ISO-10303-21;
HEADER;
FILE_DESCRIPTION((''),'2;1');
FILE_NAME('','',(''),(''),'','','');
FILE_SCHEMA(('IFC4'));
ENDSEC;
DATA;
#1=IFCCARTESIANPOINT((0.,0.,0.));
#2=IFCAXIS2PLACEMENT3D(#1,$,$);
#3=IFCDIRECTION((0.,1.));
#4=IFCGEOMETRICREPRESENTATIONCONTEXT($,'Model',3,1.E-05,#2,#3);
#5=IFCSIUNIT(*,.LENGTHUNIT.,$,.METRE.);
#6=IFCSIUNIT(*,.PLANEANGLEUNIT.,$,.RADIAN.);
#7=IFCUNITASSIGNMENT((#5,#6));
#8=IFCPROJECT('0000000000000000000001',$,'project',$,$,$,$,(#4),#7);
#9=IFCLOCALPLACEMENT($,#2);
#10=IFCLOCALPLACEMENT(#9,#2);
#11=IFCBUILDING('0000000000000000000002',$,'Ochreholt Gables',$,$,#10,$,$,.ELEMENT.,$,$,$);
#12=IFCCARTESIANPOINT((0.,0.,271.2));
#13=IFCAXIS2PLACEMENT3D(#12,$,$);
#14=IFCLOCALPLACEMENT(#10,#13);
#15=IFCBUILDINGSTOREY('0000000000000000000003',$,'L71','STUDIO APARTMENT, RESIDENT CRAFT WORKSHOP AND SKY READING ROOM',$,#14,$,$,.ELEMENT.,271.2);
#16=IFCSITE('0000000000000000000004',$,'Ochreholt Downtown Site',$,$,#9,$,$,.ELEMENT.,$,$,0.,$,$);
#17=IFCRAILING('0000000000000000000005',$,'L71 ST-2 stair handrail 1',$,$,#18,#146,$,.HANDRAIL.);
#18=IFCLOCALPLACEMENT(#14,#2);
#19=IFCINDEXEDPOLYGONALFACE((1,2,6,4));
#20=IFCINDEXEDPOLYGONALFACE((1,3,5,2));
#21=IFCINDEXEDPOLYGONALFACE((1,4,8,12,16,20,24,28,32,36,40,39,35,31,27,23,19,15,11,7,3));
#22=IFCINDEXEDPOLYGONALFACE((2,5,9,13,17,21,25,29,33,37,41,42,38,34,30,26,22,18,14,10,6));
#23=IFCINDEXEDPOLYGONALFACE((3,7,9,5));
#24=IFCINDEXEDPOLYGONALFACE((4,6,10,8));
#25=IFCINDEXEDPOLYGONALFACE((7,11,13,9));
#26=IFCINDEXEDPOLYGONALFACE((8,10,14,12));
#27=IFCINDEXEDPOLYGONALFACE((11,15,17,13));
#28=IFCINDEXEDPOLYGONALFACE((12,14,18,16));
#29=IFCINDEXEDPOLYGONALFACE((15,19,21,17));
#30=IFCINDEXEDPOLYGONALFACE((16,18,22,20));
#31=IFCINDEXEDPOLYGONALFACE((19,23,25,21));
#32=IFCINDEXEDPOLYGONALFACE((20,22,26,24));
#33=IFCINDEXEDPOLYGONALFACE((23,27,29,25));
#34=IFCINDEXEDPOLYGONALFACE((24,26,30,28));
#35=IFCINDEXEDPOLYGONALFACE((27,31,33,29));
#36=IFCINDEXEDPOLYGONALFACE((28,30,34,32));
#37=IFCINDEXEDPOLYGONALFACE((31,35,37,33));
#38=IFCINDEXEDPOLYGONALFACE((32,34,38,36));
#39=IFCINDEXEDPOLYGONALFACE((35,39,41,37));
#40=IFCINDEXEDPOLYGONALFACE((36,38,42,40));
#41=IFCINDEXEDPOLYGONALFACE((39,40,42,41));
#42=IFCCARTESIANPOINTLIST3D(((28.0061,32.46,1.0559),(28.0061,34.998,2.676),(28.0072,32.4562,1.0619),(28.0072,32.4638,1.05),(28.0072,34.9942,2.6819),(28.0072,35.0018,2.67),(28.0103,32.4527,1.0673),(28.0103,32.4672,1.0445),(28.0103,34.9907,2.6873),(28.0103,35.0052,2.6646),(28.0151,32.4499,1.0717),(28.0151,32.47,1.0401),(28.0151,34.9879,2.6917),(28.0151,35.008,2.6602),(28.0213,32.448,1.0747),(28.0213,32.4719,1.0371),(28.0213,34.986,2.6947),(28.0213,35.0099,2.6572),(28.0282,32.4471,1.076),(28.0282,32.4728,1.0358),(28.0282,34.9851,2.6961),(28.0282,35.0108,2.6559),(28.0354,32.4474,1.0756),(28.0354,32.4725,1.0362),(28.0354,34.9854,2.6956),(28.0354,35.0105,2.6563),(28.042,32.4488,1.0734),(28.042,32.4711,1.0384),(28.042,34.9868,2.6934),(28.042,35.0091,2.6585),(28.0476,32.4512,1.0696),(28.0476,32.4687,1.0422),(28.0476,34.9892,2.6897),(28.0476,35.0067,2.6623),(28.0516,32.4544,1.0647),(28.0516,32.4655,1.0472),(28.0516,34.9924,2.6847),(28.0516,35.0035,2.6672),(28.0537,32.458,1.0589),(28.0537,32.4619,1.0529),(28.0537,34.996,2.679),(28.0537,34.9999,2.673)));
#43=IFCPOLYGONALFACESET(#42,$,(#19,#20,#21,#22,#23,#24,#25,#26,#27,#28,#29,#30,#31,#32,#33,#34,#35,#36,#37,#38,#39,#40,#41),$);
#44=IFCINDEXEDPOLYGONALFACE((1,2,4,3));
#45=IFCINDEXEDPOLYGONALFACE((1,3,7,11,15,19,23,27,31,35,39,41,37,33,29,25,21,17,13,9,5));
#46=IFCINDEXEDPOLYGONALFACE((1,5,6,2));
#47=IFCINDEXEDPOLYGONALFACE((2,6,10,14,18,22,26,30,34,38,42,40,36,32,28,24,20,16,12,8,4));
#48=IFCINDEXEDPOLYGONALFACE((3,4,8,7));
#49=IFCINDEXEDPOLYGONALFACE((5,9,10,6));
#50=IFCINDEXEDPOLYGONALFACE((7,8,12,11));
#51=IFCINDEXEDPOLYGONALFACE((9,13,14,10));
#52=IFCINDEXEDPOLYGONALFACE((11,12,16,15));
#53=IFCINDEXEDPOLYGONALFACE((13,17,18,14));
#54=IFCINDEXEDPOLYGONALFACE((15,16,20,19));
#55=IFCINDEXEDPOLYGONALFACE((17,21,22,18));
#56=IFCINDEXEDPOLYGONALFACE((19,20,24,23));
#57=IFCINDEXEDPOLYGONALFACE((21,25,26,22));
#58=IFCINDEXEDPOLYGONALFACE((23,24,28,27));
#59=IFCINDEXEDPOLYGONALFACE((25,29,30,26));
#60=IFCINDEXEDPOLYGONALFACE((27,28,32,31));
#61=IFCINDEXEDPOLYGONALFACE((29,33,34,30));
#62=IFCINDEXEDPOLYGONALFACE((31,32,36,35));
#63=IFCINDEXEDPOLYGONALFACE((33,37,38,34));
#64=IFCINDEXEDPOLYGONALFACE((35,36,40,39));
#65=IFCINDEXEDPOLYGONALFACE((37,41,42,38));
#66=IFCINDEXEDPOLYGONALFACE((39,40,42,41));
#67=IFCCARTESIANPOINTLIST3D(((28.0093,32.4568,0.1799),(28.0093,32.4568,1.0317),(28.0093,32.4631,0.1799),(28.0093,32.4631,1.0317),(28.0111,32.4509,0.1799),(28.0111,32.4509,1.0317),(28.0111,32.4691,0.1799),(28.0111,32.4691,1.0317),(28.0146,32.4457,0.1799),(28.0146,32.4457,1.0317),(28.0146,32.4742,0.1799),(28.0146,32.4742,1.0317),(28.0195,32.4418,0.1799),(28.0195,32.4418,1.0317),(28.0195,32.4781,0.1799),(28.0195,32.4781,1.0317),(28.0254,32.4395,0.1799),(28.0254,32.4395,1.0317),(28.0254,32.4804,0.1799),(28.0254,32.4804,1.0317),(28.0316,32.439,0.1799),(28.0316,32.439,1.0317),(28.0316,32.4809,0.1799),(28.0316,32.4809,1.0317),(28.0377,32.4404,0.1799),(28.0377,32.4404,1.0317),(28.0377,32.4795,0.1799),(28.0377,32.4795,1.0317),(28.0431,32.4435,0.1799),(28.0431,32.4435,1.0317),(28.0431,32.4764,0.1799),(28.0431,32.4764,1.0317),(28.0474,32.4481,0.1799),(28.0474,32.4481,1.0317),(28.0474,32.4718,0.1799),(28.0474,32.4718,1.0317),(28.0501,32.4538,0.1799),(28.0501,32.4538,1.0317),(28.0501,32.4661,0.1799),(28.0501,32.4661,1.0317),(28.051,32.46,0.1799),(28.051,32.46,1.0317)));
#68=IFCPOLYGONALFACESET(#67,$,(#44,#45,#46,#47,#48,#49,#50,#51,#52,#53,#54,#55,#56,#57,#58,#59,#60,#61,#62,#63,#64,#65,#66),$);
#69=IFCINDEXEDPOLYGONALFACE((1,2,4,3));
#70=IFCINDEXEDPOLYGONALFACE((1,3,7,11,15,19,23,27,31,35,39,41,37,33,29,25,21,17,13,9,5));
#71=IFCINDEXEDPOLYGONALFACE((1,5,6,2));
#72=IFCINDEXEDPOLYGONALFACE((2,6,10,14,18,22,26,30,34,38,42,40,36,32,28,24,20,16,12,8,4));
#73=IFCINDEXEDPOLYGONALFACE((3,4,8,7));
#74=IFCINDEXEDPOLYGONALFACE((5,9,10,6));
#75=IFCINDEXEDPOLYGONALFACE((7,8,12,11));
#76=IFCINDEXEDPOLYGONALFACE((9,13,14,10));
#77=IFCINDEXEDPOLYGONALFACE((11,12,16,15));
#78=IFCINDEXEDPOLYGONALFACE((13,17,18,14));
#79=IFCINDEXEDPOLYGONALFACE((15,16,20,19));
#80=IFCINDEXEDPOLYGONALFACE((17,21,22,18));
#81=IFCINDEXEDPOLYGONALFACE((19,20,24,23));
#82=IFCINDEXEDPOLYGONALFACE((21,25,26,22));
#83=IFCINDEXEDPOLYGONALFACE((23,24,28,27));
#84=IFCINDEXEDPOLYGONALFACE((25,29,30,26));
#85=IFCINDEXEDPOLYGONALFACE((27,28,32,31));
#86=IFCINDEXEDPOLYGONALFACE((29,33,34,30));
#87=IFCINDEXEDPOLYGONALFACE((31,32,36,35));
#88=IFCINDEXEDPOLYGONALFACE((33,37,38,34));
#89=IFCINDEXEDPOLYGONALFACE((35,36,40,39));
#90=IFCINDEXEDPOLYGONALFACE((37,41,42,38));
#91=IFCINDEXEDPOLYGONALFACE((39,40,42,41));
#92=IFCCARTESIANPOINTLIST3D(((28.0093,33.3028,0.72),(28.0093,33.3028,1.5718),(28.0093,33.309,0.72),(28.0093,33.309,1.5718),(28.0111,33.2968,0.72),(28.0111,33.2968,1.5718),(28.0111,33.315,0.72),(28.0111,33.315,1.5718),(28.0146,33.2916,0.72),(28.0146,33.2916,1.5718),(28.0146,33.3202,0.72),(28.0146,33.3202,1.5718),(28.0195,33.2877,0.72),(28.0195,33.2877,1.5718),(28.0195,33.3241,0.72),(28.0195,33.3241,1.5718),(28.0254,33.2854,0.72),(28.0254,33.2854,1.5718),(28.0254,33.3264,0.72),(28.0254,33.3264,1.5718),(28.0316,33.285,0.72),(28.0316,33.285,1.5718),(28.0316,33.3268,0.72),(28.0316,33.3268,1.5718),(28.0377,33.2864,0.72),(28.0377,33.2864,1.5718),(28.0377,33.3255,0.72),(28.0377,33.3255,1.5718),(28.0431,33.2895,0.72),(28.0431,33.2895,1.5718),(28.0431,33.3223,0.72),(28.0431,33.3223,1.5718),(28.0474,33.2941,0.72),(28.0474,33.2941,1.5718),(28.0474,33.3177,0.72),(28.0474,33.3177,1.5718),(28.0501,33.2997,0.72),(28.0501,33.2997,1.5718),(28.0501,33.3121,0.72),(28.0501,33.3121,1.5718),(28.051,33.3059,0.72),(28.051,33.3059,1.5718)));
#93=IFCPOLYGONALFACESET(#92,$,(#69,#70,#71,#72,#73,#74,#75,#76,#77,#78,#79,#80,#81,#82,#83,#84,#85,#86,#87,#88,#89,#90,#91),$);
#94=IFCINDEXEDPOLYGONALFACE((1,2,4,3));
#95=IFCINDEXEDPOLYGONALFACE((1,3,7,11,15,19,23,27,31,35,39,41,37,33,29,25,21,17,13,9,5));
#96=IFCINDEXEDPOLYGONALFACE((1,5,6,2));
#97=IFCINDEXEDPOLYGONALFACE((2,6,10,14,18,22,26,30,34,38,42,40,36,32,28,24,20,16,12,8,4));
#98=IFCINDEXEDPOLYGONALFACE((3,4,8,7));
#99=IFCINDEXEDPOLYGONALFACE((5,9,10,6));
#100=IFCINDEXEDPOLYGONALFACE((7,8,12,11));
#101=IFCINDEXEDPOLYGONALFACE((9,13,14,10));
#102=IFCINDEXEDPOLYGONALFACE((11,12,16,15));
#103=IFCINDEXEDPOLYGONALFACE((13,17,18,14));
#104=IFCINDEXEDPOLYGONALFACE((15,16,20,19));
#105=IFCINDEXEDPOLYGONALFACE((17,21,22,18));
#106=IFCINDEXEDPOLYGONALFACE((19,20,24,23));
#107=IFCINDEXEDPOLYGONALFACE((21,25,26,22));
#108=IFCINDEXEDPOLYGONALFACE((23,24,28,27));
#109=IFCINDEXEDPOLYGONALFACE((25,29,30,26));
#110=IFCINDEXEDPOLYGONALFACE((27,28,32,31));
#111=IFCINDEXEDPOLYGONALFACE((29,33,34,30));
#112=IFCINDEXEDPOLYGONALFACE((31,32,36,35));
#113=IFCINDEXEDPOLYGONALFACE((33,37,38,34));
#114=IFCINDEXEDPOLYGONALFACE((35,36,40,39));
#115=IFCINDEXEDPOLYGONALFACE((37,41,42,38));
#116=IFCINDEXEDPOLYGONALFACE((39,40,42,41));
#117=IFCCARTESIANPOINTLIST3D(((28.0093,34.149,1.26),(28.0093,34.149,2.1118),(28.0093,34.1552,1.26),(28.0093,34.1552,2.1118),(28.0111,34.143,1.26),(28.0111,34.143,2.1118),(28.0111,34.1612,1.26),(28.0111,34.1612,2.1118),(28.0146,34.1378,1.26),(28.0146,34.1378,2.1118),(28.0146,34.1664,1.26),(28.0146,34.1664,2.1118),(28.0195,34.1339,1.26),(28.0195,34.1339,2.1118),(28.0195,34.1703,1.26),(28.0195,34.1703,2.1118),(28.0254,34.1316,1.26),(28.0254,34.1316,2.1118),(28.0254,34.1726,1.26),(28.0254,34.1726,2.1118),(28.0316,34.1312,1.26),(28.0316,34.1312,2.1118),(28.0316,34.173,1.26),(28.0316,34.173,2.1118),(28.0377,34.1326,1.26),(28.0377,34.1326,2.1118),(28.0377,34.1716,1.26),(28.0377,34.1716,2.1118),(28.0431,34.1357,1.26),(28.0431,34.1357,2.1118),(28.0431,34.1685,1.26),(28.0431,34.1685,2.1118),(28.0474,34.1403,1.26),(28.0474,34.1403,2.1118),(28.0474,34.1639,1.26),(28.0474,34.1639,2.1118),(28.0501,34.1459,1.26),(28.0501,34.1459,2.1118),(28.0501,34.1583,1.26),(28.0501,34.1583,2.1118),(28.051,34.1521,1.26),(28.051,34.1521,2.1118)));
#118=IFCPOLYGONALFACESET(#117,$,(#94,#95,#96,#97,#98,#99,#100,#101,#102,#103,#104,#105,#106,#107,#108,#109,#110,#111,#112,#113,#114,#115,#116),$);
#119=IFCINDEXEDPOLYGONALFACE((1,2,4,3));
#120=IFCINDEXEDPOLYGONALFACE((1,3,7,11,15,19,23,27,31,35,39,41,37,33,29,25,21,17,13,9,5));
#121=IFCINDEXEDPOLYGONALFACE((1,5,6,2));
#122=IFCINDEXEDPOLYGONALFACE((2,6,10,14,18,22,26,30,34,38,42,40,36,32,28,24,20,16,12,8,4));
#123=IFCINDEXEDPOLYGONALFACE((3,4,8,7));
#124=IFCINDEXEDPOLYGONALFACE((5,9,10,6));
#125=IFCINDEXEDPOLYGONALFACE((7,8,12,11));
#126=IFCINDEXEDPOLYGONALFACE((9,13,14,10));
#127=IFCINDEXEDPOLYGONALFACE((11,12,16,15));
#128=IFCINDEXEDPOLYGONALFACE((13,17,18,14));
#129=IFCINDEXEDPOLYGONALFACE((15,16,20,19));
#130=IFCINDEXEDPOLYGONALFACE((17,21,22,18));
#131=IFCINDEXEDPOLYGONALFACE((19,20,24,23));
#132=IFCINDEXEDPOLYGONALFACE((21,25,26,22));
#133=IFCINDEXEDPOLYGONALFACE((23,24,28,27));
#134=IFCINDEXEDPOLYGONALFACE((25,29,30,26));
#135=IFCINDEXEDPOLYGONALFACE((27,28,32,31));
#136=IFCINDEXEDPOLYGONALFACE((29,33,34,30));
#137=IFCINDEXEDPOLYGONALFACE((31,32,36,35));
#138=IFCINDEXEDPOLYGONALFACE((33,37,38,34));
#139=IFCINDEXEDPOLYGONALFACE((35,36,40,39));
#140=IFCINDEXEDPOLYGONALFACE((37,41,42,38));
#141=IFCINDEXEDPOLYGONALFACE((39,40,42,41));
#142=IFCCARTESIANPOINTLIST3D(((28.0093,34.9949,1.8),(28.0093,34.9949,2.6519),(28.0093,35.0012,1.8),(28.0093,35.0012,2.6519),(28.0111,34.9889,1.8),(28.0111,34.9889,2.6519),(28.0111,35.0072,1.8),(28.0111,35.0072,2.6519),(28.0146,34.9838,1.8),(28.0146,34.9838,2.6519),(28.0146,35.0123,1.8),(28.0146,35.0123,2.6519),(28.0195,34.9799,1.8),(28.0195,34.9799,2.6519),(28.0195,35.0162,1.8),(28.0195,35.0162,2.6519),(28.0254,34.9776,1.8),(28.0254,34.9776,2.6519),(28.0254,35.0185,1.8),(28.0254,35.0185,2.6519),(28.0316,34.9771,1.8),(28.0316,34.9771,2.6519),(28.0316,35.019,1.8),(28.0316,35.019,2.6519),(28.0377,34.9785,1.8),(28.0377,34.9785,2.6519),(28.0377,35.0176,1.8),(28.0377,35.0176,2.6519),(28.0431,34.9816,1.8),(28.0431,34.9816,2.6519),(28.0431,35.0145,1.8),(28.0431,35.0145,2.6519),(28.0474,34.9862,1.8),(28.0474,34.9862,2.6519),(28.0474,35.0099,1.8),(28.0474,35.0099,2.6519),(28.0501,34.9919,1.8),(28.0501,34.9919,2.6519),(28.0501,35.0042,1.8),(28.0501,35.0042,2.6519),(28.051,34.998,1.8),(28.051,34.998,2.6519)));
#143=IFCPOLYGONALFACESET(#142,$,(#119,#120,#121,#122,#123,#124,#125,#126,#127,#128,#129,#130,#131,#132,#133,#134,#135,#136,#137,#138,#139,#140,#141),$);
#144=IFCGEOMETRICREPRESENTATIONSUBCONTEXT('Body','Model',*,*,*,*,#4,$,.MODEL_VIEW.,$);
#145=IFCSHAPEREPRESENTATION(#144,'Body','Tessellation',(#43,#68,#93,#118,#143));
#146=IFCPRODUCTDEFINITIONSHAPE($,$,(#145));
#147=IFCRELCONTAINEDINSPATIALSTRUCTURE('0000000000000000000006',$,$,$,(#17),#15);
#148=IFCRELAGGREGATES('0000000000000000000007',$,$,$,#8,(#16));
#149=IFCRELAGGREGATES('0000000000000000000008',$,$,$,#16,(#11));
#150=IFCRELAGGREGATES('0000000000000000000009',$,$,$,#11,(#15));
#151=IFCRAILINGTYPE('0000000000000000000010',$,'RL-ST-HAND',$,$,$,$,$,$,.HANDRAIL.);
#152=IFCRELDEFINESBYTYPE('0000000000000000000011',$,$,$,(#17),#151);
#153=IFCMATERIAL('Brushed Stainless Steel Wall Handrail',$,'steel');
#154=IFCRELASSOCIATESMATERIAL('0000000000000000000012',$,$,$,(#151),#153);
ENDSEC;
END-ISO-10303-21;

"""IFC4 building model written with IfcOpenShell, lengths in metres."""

from ifc_helpers import new_model, si_unit, direction, frame, origin, origin_2d, place, context, subcontext, project, spatial, circle, extrude, material, type_object, element, save


model = new_model("IFC4")

# Units and contexts
model_context = context("Model", 3, precision=1e-05, world=origin(), true_north=direction((0.0, 1.0)))
body_context = subcontext(model_context, "Body", "Model", "MODEL_VIEW")
ifc_project = project(units=[si_unit("LENGTHUNIT", "METRE"), si_unit("PLANEANGLEUNIT", "RADIAN")], contexts=[model_context])

# Site, building, storey
site_placement = place(None, origin())
site = spatial("IfcSite", under=ifc_project, at=site_placement, Name="Ochreholt Downtown Site", CompositionType="ELEMENT", RefElevation=0.0)
building_placement = place(site_placement, origin())
building = spatial("IfcBuilding", under=site, at=building_placement, Name="Ochreholt Gables", CompositionType="ELEMENT")
storey_placement = place(building_placement, frame((0.0, 0.0, 271.2)))
storey = spatial("IfcBuildingStorey", under=building, at=storey_placement, Name="L71", Description="STUDIO APARTMENT, RESIDENT CRAFT WORKSHOP AND SKY READING ROOM", CompositionType="ELEMENT", Elevation=271.2)

# Railing
ifc_material_1 = material(Name="Brushed Stainless Steel Wall Handrail", Category="steel")
railing_type_1 = type_object("IfcRailingType", Name="RL-ST-HAND", PredefinedType="HANDRAIL", material=ifc_material_1)
railing_1_placement = place(storey_placement, frame((28.03, 32.46, 0.1799)))
element("IfcRailing", 1, at=railing_1_placement, inside=storey, type_object=railing_type_1, Name="L71 ST-2 stair handrail 1", PredefinedType="HANDRAIL", context=body_context, shape_type="SweptSolid", body=[
    extrude(circle(Radius=0.0239, at=origin_2d()), frame((0.0, 0.0, 0.876), z_axis=(0.0, 0.842913, 0.53805), x_axis=(-1.0, 0.0, 0.0)), (0.0, 0.0, 1.0), 3.011),
    extrude(circle(Radius=0.021, at=origin_2d()), origin(), (0.0, 0.0, 1.0), 0.8518),
    extrude(circle(Radius=0.021, at=origin_2d()), frame((0.0, 0.8459, 0.54)), (0.0, 0.0, 1.0), 0.8518),
    extrude(circle(Radius=0.021, at=origin_2d()), frame((0.0, 1.6921, 1.0801)), (0.0, 0.0, 1.0), 0.8518),
    extrude(circle(Radius=0.021, at=origin_2d()), frame((0.0, 2.5381, 1.6201)), (0.0, 0.0, 1.0), 0.8518),
])

save(model, "model.ifc")
